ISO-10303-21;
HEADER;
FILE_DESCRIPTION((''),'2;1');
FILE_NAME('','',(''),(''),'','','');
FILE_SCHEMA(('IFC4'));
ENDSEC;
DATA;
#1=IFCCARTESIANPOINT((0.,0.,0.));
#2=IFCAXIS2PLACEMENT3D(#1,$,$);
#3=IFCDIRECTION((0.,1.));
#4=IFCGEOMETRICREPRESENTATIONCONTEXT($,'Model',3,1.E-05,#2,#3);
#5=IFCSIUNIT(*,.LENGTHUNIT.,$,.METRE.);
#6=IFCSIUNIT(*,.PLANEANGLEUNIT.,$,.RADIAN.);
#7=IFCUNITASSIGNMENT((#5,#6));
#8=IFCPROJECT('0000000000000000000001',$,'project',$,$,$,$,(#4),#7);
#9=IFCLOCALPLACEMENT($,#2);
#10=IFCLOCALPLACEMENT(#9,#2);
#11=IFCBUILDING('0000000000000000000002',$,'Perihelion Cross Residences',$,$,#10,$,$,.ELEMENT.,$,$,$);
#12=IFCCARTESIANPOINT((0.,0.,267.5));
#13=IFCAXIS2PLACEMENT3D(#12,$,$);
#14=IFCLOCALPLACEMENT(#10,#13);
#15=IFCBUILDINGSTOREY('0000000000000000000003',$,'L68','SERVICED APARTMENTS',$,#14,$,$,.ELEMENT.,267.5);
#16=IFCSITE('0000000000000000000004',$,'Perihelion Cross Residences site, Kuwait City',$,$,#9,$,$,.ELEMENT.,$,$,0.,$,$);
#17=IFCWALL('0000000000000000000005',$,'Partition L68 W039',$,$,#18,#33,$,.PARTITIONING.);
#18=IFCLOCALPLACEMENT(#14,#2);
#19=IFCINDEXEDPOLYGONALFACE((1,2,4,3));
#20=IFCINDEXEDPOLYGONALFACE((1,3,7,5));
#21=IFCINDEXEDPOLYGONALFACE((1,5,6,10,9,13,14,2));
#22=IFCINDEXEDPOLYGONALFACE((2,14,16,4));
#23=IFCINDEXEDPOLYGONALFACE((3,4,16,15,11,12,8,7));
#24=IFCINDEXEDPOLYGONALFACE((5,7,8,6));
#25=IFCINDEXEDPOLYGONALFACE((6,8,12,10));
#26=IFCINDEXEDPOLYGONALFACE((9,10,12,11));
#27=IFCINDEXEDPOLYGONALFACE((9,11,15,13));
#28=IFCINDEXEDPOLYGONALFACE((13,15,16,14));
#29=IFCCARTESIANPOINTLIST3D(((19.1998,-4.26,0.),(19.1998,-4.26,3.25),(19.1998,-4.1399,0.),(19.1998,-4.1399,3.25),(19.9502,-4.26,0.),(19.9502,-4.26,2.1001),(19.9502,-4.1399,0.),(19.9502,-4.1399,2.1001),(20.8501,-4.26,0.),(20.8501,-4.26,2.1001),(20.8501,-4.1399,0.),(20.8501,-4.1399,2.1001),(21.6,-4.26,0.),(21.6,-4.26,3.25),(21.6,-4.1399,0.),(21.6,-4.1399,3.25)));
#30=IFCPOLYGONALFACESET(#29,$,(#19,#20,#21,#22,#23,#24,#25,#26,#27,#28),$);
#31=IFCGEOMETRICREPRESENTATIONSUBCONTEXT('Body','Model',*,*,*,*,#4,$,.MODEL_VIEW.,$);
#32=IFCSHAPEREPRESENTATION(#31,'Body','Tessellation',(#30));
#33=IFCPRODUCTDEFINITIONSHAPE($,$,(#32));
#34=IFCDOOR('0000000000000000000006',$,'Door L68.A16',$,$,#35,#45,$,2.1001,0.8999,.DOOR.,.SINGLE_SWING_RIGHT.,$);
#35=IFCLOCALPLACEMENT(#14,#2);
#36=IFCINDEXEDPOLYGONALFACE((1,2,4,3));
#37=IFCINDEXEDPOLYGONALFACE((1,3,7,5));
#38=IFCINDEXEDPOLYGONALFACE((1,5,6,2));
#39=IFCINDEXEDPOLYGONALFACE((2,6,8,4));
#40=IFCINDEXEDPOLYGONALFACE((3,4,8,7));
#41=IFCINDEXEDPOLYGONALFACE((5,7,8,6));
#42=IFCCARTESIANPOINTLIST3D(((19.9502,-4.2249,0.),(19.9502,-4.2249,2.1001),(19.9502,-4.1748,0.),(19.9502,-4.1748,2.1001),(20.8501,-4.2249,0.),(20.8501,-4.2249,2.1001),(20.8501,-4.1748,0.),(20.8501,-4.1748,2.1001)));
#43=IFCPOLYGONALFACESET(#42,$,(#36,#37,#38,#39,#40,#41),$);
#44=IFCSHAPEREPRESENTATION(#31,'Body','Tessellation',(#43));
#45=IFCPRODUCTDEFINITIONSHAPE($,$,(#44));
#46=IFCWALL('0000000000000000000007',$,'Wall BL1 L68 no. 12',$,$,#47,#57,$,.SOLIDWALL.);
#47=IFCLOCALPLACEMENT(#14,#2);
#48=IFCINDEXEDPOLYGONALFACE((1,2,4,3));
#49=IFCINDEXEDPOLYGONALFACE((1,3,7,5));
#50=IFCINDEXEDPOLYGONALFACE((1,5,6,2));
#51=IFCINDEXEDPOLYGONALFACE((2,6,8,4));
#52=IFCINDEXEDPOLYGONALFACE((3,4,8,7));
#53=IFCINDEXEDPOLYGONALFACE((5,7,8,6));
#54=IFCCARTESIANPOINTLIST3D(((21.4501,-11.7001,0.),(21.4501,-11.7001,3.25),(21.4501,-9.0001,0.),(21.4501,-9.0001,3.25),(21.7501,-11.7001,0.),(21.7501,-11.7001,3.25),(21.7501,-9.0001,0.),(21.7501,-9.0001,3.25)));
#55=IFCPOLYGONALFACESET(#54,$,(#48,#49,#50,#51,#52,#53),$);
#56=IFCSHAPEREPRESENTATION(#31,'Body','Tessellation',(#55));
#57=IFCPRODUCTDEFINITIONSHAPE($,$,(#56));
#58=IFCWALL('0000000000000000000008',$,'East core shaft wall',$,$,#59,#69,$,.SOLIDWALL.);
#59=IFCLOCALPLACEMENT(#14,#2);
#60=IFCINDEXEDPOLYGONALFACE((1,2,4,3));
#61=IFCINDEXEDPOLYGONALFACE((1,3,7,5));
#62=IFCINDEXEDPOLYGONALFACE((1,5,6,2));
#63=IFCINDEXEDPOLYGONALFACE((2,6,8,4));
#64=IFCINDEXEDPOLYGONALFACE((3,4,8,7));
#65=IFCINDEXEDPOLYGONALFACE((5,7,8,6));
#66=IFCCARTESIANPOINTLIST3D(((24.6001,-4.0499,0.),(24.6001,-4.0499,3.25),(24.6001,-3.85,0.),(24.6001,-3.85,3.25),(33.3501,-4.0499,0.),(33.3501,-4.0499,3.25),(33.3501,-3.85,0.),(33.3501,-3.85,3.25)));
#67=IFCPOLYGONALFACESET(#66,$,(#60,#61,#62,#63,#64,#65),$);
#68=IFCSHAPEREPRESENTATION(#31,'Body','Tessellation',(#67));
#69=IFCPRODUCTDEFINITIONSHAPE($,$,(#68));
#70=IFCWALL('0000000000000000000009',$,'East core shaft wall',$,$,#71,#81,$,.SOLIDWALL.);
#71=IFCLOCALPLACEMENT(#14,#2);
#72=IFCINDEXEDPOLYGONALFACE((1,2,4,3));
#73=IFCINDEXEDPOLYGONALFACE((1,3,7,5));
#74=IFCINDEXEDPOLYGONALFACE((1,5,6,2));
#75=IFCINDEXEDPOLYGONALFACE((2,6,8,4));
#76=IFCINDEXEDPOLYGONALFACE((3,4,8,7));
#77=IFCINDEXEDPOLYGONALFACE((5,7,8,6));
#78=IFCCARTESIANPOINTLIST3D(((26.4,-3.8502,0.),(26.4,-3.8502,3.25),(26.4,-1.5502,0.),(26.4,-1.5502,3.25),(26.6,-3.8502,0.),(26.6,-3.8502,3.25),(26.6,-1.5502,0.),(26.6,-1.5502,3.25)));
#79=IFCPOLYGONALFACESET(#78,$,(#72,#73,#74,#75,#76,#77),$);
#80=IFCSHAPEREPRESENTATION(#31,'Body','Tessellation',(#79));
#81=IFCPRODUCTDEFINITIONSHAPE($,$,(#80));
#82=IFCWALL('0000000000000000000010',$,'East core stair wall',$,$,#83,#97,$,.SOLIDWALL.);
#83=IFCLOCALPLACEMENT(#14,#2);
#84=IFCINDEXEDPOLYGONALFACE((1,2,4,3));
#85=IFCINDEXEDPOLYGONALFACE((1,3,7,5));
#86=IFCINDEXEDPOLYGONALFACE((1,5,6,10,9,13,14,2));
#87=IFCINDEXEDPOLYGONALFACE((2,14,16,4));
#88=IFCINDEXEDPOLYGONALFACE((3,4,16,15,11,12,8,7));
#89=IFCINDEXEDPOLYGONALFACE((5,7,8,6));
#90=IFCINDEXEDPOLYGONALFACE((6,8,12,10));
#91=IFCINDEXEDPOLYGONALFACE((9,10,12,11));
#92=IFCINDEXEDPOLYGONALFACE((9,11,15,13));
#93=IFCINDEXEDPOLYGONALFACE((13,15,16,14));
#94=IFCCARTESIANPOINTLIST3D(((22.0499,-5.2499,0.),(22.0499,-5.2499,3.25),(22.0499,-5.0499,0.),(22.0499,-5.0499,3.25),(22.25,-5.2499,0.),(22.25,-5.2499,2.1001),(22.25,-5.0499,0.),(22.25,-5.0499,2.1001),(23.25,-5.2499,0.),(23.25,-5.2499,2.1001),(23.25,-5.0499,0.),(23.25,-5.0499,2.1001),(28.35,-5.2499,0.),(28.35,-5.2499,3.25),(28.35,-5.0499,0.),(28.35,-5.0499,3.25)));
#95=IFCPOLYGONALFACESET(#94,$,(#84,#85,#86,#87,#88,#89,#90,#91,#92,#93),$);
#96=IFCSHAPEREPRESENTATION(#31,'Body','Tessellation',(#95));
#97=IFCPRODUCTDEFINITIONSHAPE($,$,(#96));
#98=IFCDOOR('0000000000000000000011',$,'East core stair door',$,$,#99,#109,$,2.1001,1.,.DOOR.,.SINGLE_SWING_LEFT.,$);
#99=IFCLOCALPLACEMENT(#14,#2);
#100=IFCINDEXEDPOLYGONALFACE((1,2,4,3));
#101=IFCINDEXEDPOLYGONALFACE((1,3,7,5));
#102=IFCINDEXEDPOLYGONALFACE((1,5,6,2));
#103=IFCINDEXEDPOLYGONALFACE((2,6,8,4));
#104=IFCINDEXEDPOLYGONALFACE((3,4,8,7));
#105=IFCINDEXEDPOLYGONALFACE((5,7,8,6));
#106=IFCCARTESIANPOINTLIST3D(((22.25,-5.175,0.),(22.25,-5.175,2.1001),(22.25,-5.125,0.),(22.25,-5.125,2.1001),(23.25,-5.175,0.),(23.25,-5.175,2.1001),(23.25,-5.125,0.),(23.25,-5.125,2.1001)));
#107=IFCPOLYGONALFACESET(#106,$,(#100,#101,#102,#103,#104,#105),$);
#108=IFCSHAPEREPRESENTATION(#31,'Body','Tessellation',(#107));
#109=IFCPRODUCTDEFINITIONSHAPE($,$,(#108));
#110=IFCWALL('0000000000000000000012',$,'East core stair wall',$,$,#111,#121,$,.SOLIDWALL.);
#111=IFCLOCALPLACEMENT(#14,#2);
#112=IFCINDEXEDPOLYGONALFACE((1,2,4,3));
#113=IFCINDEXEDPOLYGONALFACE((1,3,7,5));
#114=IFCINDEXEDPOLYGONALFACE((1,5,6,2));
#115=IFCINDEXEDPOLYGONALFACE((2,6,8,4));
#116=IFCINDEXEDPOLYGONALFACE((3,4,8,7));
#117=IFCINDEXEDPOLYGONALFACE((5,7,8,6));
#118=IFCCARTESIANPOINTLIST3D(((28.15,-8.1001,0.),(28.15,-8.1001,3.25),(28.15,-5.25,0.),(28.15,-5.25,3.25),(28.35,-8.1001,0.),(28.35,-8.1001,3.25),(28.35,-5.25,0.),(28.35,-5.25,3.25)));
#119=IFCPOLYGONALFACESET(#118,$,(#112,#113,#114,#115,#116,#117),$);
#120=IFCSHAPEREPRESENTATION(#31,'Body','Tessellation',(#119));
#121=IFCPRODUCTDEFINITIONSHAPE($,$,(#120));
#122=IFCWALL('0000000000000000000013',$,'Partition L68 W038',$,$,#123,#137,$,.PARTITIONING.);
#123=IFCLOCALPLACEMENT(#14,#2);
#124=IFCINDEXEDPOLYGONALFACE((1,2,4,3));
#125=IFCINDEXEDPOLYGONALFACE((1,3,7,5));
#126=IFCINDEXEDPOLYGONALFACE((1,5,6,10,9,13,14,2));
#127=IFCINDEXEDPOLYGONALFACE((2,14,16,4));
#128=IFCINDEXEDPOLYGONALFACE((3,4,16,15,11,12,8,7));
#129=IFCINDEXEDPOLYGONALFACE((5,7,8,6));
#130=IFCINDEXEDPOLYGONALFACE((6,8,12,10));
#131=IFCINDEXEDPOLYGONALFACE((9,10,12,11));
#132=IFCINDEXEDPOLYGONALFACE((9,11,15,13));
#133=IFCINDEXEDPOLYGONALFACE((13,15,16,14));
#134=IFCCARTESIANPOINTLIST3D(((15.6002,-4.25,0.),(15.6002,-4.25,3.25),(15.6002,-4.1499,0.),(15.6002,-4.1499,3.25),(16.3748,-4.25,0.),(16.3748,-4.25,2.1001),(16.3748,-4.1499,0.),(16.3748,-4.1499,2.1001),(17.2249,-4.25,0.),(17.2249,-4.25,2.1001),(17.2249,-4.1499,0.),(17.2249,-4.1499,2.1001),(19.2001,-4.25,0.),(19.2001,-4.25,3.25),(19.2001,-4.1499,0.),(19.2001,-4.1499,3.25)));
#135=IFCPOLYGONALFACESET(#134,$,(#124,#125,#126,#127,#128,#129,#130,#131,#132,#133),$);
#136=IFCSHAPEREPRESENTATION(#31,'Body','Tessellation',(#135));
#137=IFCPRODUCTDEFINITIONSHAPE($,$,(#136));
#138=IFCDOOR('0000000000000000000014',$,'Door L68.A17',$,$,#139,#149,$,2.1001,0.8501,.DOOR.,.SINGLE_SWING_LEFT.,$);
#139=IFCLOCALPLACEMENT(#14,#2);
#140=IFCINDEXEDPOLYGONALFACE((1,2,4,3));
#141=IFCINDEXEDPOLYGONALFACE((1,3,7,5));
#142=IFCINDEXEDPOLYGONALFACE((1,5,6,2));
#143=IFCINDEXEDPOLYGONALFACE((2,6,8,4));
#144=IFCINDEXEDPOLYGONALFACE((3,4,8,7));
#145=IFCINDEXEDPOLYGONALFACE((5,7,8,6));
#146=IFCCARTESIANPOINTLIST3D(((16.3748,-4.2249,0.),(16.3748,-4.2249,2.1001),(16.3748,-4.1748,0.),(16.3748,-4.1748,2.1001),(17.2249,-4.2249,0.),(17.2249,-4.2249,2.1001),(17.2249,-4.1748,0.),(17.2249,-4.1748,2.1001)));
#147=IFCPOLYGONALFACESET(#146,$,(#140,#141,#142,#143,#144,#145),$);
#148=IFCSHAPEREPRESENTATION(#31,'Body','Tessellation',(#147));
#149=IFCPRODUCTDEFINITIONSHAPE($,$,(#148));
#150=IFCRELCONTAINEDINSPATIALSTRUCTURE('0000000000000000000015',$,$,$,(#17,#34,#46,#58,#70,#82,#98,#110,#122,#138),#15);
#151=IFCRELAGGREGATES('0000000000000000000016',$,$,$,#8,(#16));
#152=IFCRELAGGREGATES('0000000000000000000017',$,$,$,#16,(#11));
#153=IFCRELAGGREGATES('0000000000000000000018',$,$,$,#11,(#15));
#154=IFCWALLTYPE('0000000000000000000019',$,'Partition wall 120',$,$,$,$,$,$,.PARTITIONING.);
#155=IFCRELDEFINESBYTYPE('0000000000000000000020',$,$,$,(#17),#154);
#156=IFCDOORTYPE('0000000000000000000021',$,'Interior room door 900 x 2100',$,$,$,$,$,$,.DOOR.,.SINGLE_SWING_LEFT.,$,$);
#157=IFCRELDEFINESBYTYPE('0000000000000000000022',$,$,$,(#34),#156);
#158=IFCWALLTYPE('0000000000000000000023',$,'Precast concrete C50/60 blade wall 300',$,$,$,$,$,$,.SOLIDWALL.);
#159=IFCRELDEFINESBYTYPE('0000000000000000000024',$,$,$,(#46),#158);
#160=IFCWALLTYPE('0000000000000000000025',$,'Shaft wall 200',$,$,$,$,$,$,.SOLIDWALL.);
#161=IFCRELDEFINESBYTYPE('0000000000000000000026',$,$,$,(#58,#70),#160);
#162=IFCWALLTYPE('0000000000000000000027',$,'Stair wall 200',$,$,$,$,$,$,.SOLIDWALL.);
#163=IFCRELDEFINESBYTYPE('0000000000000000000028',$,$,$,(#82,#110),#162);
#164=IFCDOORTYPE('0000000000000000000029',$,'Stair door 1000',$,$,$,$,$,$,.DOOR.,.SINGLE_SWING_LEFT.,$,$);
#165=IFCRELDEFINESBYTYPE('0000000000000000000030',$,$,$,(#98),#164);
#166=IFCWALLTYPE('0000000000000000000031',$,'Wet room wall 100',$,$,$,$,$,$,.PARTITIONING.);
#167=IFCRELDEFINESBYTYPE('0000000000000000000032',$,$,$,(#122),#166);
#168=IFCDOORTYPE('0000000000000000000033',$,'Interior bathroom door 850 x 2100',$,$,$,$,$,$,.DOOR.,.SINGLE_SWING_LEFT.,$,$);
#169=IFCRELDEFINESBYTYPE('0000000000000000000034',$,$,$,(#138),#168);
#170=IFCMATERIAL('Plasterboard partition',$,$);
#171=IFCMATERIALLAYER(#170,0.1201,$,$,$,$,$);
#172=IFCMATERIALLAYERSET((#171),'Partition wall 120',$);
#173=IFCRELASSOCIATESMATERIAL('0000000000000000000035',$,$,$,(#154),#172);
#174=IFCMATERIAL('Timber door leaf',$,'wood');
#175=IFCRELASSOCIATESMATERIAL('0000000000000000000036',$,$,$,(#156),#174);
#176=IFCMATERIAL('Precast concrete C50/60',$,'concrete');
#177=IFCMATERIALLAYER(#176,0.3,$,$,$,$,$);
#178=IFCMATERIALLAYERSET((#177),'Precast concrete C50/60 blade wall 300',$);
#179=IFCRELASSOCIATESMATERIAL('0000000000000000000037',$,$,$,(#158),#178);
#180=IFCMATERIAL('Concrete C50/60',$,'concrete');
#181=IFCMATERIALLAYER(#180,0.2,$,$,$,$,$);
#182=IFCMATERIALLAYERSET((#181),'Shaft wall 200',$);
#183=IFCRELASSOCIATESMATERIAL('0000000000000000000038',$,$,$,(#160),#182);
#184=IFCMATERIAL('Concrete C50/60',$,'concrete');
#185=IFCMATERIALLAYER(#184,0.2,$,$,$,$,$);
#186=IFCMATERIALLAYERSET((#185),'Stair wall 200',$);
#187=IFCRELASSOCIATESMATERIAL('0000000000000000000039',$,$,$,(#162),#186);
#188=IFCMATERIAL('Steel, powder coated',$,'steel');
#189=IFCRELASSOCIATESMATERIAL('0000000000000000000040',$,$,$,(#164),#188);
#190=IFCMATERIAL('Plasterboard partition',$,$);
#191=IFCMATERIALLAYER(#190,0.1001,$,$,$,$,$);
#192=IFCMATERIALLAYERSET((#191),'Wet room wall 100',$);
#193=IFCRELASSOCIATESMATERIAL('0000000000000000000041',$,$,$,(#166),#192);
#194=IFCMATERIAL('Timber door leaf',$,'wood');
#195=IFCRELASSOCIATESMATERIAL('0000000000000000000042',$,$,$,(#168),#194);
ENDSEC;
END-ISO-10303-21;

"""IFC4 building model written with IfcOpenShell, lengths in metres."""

from ifc_helpers import new_model, si_unit, direction, frame, frame_2d, origin, place, context, subcontext, project, spatial, rectangle, extrude, material, layer, layer_set, type_object, element, fill, save


model = new_model("IFC4")

# Units and contexts
model_context = context("Model", 3, precision=1e-05, world=origin(), true_north=direction((0.0, 1.0)))
body_context = subcontext(model_context, "Body", "Model", "MODEL_VIEW")
ifc_project = project(units=[si_unit("LENGTHUNIT", "METRE"), si_unit("PLANEANGLEUNIT", "RADIAN")], contexts=[model_context])

# Site, building, storey
site_placement = place(None, origin())
site = spatial("IfcSite", under=ifc_project, at=site_placement, Name="Perihelion Cross Residences site, Kuwait City", CompositionType="ELEMENT", RefElevation=0.0)
building_placement = place(site_placement, origin())
building = spatial("IfcBuilding", under=site, at=building_placement, Name="Perihelion Cross Residences", CompositionType="ELEMENT")
storey_placement = place(building_placement, frame((0.0, 0.0, 267.5)))
storey = spatial("IfcBuildingStorey", under=building, at=storey_placement, Name="L68", Description="SERVICED APARTMENTS", CompositionType="ELEMENT", Elevation=267.5)

# Wall, opening, door
ifc_material_1 = material(Name="Plasterboard partition")
ifc_layer_1 = layer(ifc_material_1, 0.1201)
ifc_layer_set_1 = layer_set([ifc_layer_1], Name="Partition wall 120")
wall_type_1 = type_object("IfcWallType", Name="Partition wall 120", PredefinedType="PARTITIONING", material=ifc_layer_set_1)
wall_1_placement = place(storey_placement, frame((21.6001, -4.2, 0.0), z_axis=(0.0, 0.0, 1.0), x_axis=(-1.0, 0.0, 0.0)))
wall_1 = element("IfcWall", 1, at=wall_1_placement, inside=storey, type_object=wall_type_1, Name="Partition L68 W039", PredefinedType="PARTITIONING", context=body_context, shape_type="SweptSolid", body=[
    extrude(rectangle(XDim=2.4001, YDim=0.1201, at=frame_2d((1.2002, 0.0))), origin(), (0.0, 0.0, 1.0), 3.25),
])
opening_1_placement = place(wall_1_placement, frame((0.75, 0.0, 0.0)))
opening_1 = element("IfcOpeningElement", 2, at=opening_1_placement, cuts=wall_1, PredefinedType="OPENING", context=body_context, shape_type="SweptSolid", body=[
    extrude(rectangle(XDim=0.8999, YDim=2.1001, at=frame_2d((0.45, 1.05))), frame((0.0, 0.0701, 0.0), z_axis=(0.0, -1.0, 0.0), x_axis=(1.0, 0.0, 0.0)), (0.0, 0.0, 1.0), 0.1401),
])
ifc_material_2 = material(Name="Timber door leaf", Category="wood")
door_type_1 = type_object("IfcDoorType", Name="Interior room door 900 x 2100", OperationType="SINGLE_SWING_LEFT", PredefinedType="DOOR", material=ifc_material_2)
door_1_placement = place(opening_1_placement, origin())
door_1 = element("IfcDoor", 3, at=door_1_placement, inside=storey, type_object=door_type_1, Name="Door L68.A16", OperationType="SINGLE_SWING_RIGHT", OverallHeight=2.1001, OverallWidth=0.8999, PredefinedType="DOOR", context=body_context, shape_type="SweptSolid", body=[
    extrude(rectangle(XDim=0.8999, YDim=2.1001, at=frame_2d((0.45, 1.05))), frame((0.0, 0.0249, 0.0), z_axis=(0.0, -1.0, 0.0), x_axis=(1.0, 0.0, 0.0)), (0.0, 0.0, 1.0), 0.05),
])
fill(opening_1, door_1)

# Walls
ifc_material_3 = material(Name="Precast concrete C50/60", Category="concrete")
ifc_layer_2 = layer(ifc_material_3, 0.3)
ifc_layer_set_2 = layer_set([ifc_layer_2], Name="Precast concrete C50/60 blade wall 300")
wall_type_2 = type_object("IfcWallType", Name="Precast concrete C50/60 blade wall 300", PredefinedType="SOLIDWALL", material=ifc_layer_set_2)
wall_2_placement = place(storey_placement, frame((21.6001, -9.0, 0.0), z_axis=(0.0, 0.0, 1.0), x_axis=(0.0, -1.0, 0.0)))
element("IfcWall", 4, at=wall_2_placement, inside=storey, type_object=wall_type_2, Name="Wall BL1 L68 no. 12", PredefinedType="SOLIDWALL", context=body_context, shape_type="SweptSolid", body=[
    extrude(rectangle(XDim=2.7, YDim=0.3, at=frame_2d((1.3501, 0.0))), origin(), (0.0, 0.0, 1.0), 3.25),
])
ifc_material_4 = material(Name="Concrete C50/60", Category="concrete")
ifc_layer_3 = layer(ifc_material_4, 0.2)
ifc_layer_set_3 = layer_set([ifc_layer_3], Name="Shaft wall 200")
wall_type_3 = type_object("IfcWallType", Name="Shaft wall 200", PredefinedType="SOLIDWALL", material=ifc_layer_set_3)
wall_3_placement = place(storey_placement, frame((24.6001, -3.95, 0.0), z_axis=(0.0, 0.0, 1.0), x_axis=(1.0, 0.0, 0.0)))
element("IfcWall", 5, at=wall_3_placement, inside=storey, type_object=wall_type_3, Name="East core shaft wall", PredefinedType="SOLIDWALL", context=body_context, shape_type="SweptSolid", body=[
    extrude(rectangle(XDim=8.75, YDim=0.2, at=frame_2d((4.375, 0.0))), origin(), (0.0, 0.0, 1.0), 3.25),
])
wall_4_placement = place(storey_placement, frame((26.5, -3.8501, 0.0), z_axis=(0.0, 0.0, 1.0), x_axis=(0.0, 1.0, 0.0)))
element("IfcWall", 6, at=wall_4_placement, inside=storey, type_object=wall_type_3, Name="East core shaft wall", PredefinedType="SOLIDWALL", context=body_context, shape_type="SweptSolid", body=[
    extrude(rectangle(XDim=2.3, YDim=0.2, at=frame_2d((1.1499, 0.0))), origin(), (0.0, 0.0, 1.0), 3.25),
])

# Wall, opening, door
ifc_material_5 = material(Name="Concrete C50/60", Category="concrete")
ifc_layer_4 = layer(ifc_material_5, 0.2)
ifc_layer_set_4 = layer_set([ifc_layer_4], Name="Stair wall 200")
wall_type_4 = type_object("IfcWallType", Name="Stair wall 200", PredefinedType="SOLIDWALL", material=ifc_layer_set_4)
wall_5_placement = place(storey_placement, frame((22.05, -5.1499, 0.0), z_axis=(0.0, 0.0, 1.0), x_axis=(1.0, 0.0, 0.0)))
wall_5 = element("IfcWall", 7, at=wall_5_placement, inside=storey, type_object=wall_type_4, Name="East core stair wall", PredefinedType="SOLIDWALL", context=body_context, shape_type="SweptSolid", body=[
    extrude(rectangle(XDim=6.3, YDim=0.2, at=frame_2d((3.1499, 0.0))), origin(), (0.0, 0.0, 1.0), 3.25),
])
opening_2_placement = place(wall_5_placement, frame((0.2, 0.0, 0.0)))
opening_2 = element("IfcOpeningElement", 8, at=opening_2_placement, cuts=wall_5, PredefinedType="OPENING", context=body_context, shape_type="SweptSolid", body=[
    extrude(rectangle(XDim=1.0, YDim=2.1001, at=frame_2d((0.5, 1.05))), frame((0.0, 0.1099, 0.0), z_axis=(0.0, -1.0, 0.0), x_axis=(1.0, 0.0, 0.0)), (0.0, 0.0, 1.0), 0.22),
])
ifc_material_6 = material(Name="Steel, powder coated", Category="steel")
door_type_2 = type_object("IfcDoorType", Name="Stair door 1000", OperationType="SINGLE_SWING_LEFT", PredefinedType="DOOR", material=ifc_material_6)
door_2_placement = place(opening_2_placement, origin())
door_2 = element("IfcDoor", 9, at=door_2_placement, inside=storey, type_object=door_type_2, Name="East core stair door", OperationType="SINGLE_SWING_LEFT", OverallHeight=2.1001, OverallWidth=1.0, PredefinedType="DOOR", context=body_context, shape_type="SweptSolid", body=[
    extrude(rectangle(XDim=1.0, YDim=2.1001, at=frame_2d((0.5, 1.05))), frame((0.0, 0.0249, 0.0), z_axis=(0.0, -1.0, 0.0), x_axis=(1.0, 0.0, 0.0)), (0.0, 0.0, 1.0), 0.05),
])
fill(opening_2, door_2)

# Wall
wall_6_placement = place(storey_placement, frame((28.25, -8.1001, 0.0), z_axis=(0.0, 0.0, 1.0), x_axis=(0.0, 1.0, 0.0)))
element("IfcWall", 10, at=wall_6_placement, inside=storey, type_object=wall_type_4, Name="East core stair wall", PredefinedType="SOLIDWALL", context=body_context, shape_type="SweptSolid", body=[
    extrude(rectangle(XDim=2.8501, YDim=0.2, at=frame_2d((1.425, 0.0))), origin(), (0.0, 0.0, 1.0), 3.25),
])

# Wall, opening, door
ifc_material_7 = material(Name="Plasterboard partition")
ifc_layer_5 = layer(ifc_material_7, 0.1001)
ifc_layer_set_5 = layer_set([ifc_layer_5], Name="Wet room wall 100")
wall_type_5 = type_object("IfcWallType", Name="Wet room wall 100", PredefinedType="PARTITIONING", material=ifc_layer_set_5)
wall_7_placement = place(storey_placement, frame((19.2, -4.2, 0.0), z_axis=(0.0, 0.0, 1.0), x_axis=(-1.0, 0.0, 0.0)))
wall_7 = element("IfcWall", 11, at=wall_7_placement, inside=storey, type_object=wall_type_5, Name="Partition L68 W038", PredefinedType="PARTITIONING", context=body_context, shape_type="SweptSolid", body=[
    extrude(rectangle(XDim=3.5999, YDim=0.1001, at=frame_2d((1.7998, 0.0))), origin(), (0.0, 0.0, 1.0), 3.25),
])
opening_3_placement = place(wall_7_placement, frame((1.9751, 0.0, 0.0)))
opening_3 = element("IfcOpeningElement", 12, at=opening_3_placement, cuts=wall_7, PredefinedType="OPENING", context=body_context, shape_type="SweptSolid", body=[
    extrude(rectangle(XDim=0.8501, YDim=2.1001, at=frame_2d((0.425, 1.05))), frame((0.0, 0.0601, 0.0), z_axis=(0.0, -1.0, 0.0), x_axis=(1.0, 0.0, 0.0)), (0.0, 0.0, 1.0), 0.1201),
])
ifc_material_8 = material(Name="Timber door leaf", Category="wood")
door_type_3 = type_object("IfcDoorType", Name="Interior bathroom door 850 x 2100", OperationType="SINGLE_SWING_LEFT", PredefinedType="DOOR", material=ifc_material_8)
door_3_placement = place(opening_3_placement, origin())
door_3 = element("IfcDoor", 13, at=door_3_placement, inside=storey, type_object=door_type_3, Name="Door L68.A17", OperationType="SINGLE_SWING_LEFT", OverallHeight=2.1001, OverallWidth=0.8501, PredefinedType="DOOR", context=body_context, shape_type="SweptSolid", body=[
    extrude(rectangle(XDim=0.8501, YDim=2.1001, at=frame_2d((0.425, 1.05))), frame((0.0, 0.0249, 0.0), z_axis=(0.0, -1.0, 0.0), x_axis=(1.0, 0.0, 0.0)), (0.0, 0.0, 1.0), 0.05),
])
fill(opening_3, door_3)

save(model, "model.ifc")
